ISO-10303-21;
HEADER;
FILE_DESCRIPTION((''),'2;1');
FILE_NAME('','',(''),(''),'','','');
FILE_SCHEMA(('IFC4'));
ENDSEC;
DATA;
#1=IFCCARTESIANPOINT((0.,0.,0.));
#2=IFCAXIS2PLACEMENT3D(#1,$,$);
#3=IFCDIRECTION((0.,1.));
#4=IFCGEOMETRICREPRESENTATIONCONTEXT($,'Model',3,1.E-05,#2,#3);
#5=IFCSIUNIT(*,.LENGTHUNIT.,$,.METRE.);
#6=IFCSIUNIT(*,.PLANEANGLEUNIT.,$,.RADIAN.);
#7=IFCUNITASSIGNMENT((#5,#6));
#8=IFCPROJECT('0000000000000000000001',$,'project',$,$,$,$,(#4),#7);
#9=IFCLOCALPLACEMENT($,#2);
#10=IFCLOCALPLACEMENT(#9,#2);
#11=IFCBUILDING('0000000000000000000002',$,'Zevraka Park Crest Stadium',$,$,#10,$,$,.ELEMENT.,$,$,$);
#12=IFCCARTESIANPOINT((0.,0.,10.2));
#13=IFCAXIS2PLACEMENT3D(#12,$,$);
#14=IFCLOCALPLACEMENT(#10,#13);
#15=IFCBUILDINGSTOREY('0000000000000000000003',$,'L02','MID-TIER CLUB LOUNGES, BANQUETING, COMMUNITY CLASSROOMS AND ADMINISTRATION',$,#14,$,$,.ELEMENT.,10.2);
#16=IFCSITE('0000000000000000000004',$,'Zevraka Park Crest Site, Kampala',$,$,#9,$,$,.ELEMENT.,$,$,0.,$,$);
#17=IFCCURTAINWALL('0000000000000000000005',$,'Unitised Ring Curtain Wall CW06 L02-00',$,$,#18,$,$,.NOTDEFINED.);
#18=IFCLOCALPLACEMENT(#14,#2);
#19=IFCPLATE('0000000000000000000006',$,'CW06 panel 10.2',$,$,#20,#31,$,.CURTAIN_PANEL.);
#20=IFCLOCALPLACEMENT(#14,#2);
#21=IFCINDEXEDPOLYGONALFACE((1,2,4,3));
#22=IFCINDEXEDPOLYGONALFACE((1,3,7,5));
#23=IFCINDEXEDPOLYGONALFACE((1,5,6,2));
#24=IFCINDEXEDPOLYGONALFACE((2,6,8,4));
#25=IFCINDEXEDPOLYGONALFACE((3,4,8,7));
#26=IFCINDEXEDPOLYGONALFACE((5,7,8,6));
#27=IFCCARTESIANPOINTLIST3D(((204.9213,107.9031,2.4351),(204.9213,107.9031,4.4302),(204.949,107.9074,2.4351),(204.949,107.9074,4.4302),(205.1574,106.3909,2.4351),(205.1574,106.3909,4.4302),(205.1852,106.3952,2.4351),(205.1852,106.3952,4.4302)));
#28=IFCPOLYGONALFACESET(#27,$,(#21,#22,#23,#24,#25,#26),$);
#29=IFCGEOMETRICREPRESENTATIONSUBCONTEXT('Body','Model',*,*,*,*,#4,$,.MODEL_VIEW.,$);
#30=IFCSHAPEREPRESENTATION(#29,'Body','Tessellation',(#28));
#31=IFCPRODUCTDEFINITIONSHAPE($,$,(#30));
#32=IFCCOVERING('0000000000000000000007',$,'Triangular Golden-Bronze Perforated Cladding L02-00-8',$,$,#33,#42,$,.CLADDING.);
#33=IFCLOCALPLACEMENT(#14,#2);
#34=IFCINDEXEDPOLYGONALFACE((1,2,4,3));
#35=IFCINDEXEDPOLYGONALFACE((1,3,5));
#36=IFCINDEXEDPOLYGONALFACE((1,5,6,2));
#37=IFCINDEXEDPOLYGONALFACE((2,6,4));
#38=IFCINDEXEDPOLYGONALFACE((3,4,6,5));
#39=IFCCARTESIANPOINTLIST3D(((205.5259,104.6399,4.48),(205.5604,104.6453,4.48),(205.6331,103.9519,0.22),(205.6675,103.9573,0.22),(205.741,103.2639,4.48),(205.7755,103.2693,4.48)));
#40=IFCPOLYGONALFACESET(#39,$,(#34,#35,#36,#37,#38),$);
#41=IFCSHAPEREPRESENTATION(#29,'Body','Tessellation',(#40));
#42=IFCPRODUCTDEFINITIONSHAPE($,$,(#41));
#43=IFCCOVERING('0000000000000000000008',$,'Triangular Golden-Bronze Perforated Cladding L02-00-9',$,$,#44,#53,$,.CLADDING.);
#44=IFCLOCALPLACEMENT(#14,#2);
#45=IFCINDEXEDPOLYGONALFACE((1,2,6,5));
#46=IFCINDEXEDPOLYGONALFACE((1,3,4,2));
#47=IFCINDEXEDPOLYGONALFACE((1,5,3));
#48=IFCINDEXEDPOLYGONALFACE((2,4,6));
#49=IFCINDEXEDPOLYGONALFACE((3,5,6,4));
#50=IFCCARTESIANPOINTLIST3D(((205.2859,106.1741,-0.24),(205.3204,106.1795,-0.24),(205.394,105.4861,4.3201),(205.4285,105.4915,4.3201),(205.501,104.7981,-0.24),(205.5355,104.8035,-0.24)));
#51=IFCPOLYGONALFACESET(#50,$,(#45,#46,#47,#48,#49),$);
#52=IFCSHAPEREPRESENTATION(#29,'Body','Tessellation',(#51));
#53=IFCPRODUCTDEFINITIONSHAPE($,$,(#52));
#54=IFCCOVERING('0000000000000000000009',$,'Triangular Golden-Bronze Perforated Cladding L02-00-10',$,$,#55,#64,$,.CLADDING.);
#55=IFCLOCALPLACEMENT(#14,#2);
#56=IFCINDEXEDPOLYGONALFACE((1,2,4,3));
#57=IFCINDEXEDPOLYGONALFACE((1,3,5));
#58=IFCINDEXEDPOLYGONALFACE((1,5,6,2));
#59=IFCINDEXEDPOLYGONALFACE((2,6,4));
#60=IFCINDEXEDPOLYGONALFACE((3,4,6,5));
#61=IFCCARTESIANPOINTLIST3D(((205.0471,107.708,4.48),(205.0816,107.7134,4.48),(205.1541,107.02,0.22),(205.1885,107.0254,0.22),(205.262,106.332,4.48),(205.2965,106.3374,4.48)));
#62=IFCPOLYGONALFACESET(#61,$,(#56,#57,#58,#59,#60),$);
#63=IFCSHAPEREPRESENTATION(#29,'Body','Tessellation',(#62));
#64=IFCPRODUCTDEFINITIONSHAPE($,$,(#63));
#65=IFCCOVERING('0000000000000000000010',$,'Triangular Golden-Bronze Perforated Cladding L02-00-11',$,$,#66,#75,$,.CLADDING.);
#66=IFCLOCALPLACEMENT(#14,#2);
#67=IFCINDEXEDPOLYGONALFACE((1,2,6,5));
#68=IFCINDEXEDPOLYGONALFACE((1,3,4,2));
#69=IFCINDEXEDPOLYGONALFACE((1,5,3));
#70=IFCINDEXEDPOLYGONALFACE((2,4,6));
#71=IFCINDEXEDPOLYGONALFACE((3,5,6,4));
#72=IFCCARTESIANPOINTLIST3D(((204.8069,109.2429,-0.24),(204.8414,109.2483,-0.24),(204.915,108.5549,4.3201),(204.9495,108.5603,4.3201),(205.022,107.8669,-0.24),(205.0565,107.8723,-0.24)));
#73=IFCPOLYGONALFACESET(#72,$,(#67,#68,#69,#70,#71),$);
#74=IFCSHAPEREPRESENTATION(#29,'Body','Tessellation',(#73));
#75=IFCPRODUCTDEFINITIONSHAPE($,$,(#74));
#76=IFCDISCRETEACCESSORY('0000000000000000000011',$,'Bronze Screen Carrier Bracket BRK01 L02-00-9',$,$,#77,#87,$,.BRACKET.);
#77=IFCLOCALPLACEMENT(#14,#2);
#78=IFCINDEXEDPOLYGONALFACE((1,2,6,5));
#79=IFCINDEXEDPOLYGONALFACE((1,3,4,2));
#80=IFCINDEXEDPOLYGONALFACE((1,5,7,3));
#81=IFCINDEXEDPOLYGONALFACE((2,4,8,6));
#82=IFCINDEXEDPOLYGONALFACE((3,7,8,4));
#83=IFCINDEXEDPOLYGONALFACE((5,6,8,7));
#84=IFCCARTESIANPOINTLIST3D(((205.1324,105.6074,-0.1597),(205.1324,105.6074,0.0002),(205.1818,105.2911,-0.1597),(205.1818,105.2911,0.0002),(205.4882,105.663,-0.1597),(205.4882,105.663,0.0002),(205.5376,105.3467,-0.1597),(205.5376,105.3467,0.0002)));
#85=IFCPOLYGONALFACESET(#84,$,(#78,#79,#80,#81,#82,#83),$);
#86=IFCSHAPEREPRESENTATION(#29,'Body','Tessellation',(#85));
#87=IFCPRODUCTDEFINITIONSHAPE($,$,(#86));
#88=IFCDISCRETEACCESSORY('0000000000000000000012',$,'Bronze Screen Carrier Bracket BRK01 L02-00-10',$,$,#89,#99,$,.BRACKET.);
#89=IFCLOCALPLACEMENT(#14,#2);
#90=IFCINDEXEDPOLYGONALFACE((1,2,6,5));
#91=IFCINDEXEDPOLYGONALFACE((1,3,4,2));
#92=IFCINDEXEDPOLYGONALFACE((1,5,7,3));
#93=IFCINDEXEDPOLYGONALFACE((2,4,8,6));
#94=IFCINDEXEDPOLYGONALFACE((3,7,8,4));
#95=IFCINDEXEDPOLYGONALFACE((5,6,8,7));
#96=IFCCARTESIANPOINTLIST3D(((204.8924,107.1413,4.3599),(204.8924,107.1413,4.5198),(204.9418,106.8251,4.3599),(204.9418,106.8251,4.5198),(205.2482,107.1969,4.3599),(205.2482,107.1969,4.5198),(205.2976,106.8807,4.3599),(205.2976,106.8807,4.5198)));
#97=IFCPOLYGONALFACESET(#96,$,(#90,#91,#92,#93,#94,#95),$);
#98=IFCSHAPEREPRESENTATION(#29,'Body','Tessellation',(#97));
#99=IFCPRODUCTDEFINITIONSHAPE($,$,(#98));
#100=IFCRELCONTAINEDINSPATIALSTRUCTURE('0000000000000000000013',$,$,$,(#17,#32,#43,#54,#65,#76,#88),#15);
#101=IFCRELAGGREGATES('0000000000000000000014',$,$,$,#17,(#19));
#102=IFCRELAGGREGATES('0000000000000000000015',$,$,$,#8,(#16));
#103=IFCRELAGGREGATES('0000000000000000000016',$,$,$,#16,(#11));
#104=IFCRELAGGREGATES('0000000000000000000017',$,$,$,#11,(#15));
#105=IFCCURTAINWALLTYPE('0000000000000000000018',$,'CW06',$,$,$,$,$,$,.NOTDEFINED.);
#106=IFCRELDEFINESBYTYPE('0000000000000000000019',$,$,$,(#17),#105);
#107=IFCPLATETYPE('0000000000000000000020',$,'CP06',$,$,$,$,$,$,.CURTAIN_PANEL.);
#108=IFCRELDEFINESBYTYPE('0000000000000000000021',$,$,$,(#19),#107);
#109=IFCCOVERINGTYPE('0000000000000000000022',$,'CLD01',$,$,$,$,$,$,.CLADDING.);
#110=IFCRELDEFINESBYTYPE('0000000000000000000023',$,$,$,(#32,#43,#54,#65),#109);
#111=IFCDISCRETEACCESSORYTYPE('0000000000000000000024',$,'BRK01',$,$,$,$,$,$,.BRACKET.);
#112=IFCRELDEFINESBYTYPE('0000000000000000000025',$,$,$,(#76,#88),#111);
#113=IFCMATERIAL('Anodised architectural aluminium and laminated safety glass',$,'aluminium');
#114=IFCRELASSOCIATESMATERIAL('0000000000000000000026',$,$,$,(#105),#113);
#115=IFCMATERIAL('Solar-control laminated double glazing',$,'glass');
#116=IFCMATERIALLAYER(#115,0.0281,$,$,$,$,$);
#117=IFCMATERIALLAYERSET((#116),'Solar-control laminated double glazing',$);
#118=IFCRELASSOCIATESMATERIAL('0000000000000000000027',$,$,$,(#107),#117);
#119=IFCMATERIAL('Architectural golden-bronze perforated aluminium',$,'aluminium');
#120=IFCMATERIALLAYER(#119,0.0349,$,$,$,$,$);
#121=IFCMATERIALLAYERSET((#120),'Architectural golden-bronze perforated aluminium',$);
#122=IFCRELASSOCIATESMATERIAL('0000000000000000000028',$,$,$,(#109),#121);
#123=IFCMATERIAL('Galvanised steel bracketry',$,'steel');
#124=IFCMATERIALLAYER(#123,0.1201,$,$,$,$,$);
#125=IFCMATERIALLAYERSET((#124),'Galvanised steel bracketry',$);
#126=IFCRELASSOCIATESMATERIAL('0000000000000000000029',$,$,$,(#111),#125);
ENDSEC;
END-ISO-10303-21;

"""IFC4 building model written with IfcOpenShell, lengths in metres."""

from ifc_helpers import new_model, si_unit, direction, frame, origin, origin_2d, place, context, subcontext, project, spatial, polyline, rectangle, outline, extrude, material, layer, layer_set, type_object, element, aggregate, save


model = new_model("IFC4")

# Units and contexts
model_context = context("Model", 3, precision=1e-05, world=origin(), true_north=direction((0.0, 1.0)))
body_context = subcontext(model_context, "Body", "Model", "MODEL_VIEW")
ifc_project = project(units=[si_unit("LENGTHUNIT", "METRE"), si_unit("PLANEANGLEUNIT", "RADIAN")], contexts=[model_context])

# Site, building, storey
site_placement = place(None, origin())
site = spatial("IfcSite", under=ifc_project, at=site_placement, Name="Zevraka Park Crest Site, Kampala", CompositionType="ELEMENT", RefElevation=0.0)
building_placement = place(site_placement, origin())
building = spatial("IfcBuilding", under=site, at=building_placement, Name="Zevraka Park Crest Stadium", CompositionType="ELEMENT")
storey_placement = place(building_placement, frame((0.0, 0.0, 10.2)))
storey = spatial("IfcBuildingStorey", under=building, at=storey_placement, Name="L02", Description="MID-TIER CLUB LOUNGES, BANQUETING, COMMUNITY CLASSROOMS AND ADMINISTRATION", CompositionType="ELEMENT", Elevation=10.2)

# Curtain wall, plate
ifc_material_1 = material(Name="Anodised architectural aluminium and laminated safety glass", Category="aluminium")
curtain_wall_type = type_object("IfcCurtainWallType", Name="CW06", PredefinedType="NOTDEFINED", material=ifc_material_1)
curtain_wall_placement = place(storey_placement, origin())
curtain_wall = element("IfcCurtainWall", 1, at=curtain_wall_placement, inside=storey, type_object=curtain_wall_type, Name="Unitised Ring Curtain Wall CW06 L02-00", PredefinedType="NOTDEFINED")
ifc_material_2 = material(Name="Solar-control laminated double glazing", Category="glass")
ifc_layer_1 = layer(ifc_material_2, 0.0281)
ifc_layer_set_1 = layer_set([ifc_layer_1], Name="Solar-control laminated double glazing")
plate_type = type_object("IfcPlateType", Name="CP06", PredefinedType="CURTAIN_PANEL", material=ifc_layer_set_1)
plate_1_placement = place(storey_placement, frame((205.0532, 107.1492, 2.4351), z_axis=(0.0, 0.0, 1.0), x_axis=(-0.154274, 0.988028, 0.0)))
plate_1 = element("IfcPlate", 2, at=plate_1_placement, type_object=plate_type, Name="CW06 panel 10.2", PredefinedType="CURTAIN_PANEL", context=body_context, shape_type="SweptSolid", body=[
    extrude(rectangle(XDim=1.5305, YDim=0.0281, at=origin_2d()), origin(), (0.0, 0.0, 1.0), 1.9951),
])
aggregate(curtain_wall, [plate_1])

# Coverings
ifc_material_3 = material(Name="Architectural golden-bronze perforated aluminium", Category="aluminium")
ifc_layer_2 = layer(ifc_material_3, 0.0349)
ifc_layer_set_2 = layer_set([ifc_layer_2], Name="Architectural golden-bronze perforated aluminium")
covering_type = type_object("IfcCoveringType", Name="CLD01", PredefinedType="CLADDING", material=ifc_layer_set_2)
covering_1_placement = place(storey_placement, frame((205.5259, 104.6399, 4.48), z_axis=(-0.988002, -0.154441, 0.000085), x_axis=(0.154441, -0.988002, 0.0)))
element("IfcCovering", 3, at=covering_1_placement, inside=storey, type_object=covering_type, Name="Triangular Golden-Bronze Perforated Cladding L02-00-8", PredefinedType="CLADDING", context=body_context, shape_type="SweptSolid", body=[
    extrude(outline(polyline([(0.0, 0.0), (1.3927, 0.0), (0.6963, -4.26), (0.0, 0.0)])), origin(), (0.0, 0.0, -1.0), 0.0349),
])
covering_2_placement = place(storey_placement, frame((205.501, 104.7981, -0.24), z_axis=(-0.988002, -0.154441, 0.000132), x_axis=(-0.154441, 0.988002, 0.0)))
element("IfcCovering", 4, at=covering_2_placement, inside=storey, type_object=covering_type, Name="Triangular Golden-Bronze Perforated Cladding L02-00-9", PredefinedType="CLADDING", context=body_context, shape_type="SweptSolid", body=[
    extrude(outline(polyline([(0.0, 0.0), (1.3927, 0.0), (0.6962, -4.5601), (0.0, 0.0)])), origin(), (0.0, 0.0, -1.0), 0.0349),
])
covering_3_placement = place(storey_placement, frame((205.0471, 107.708, 4.48), z_axis=(-0.988029, -0.15427, 0.000113), x_axis=(0.15427, -0.988029, 0.0)))
element("IfcCovering", 5, at=covering_3_placement, inside=storey, type_object=covering_type, Name="Triangular Golden-Bronze Perforated Cladding L02-00-10", PredefinedType="CLADDING", context=body_context, shape_type="SweptSolid", body=[
    extrude(outline(polyline([(0.0, 0.0), (1.3926, 0.0), (0.6962, -4.26), (0.0, 0.0)])), origin(), (0.0, 0.0, -1.0), 0.0349),
])
covering_4_placement = place(storey_placement, frame((205.022, 107.8669, -0.24), z_axis=(-0.988002, -0.154441, 0.000132), x_axis=(-0.154441, 0.988002, 0.0)))
element("IfcCovering", 6, at=covering_4_placement, inside=storey, type_object=covering_type, Name="Triangular Golden-Bronze Perforated Cladding L02-00-11", PredefinedType="CLADDING", context=body_context, shape_type="SweptSolid", body=[
    extrude(outline(polyline([(0.0, 0.0), (1.3927, 0.0), (0.6962, -4.5601), (0.0, 0.0)])), origin(), (0.0, 0.0, -1.0), 0.0349),
])

# Discrete accessories
ifc_material_4 = material(Name="Galvanised steel bracketry", Category="steel")
ifc_layer_3 = layer(ifc_material_4, 0.1201)
ifc_layer_set_3 = layer_set([ifc_layer_3], Name="Galvanised steel bracketry")
discrete_accessory_type = type_object("IfcDiscreteAccessoryType", Name="BRK01", PredefinedType="BRACKET", material=ifc_layer_set_3)
for number, where, z_axis, x_axis, name in (
    (7, (205.335, 105.4771, -0.1597), (0.0, 0.0, 1.0), (-0.154366, 0.988014, 0.0), "Bronze Screen Carrier Bracket BRK01 L02-00-9"),
    (8, (205.095, 107.011, 4.3599), (0.0, 0.0, 1.0), (-0.154366, 0.988014, 0.0), "Bronze Screen Carrier Bracket BRK01 L02-00-10"),
):
    element("IfcDiscreteAccessory", number, at=place(storey_placement, frame(where, z_axis=z_axis, x_axis=x_axis)), inside=storey, type_object=discrete_accessory_type, Name=name, PredefinedType="BRACKET", context=body_context, shape_type="SweptSolid", body=[
        extrude(rectangle(XDim=0.3201, YDim=0.3601, at=origin_2d()), origin(), (0.0, 0.0, 1.0), 0.1599),
    ])

save(model, "model.ifc")
